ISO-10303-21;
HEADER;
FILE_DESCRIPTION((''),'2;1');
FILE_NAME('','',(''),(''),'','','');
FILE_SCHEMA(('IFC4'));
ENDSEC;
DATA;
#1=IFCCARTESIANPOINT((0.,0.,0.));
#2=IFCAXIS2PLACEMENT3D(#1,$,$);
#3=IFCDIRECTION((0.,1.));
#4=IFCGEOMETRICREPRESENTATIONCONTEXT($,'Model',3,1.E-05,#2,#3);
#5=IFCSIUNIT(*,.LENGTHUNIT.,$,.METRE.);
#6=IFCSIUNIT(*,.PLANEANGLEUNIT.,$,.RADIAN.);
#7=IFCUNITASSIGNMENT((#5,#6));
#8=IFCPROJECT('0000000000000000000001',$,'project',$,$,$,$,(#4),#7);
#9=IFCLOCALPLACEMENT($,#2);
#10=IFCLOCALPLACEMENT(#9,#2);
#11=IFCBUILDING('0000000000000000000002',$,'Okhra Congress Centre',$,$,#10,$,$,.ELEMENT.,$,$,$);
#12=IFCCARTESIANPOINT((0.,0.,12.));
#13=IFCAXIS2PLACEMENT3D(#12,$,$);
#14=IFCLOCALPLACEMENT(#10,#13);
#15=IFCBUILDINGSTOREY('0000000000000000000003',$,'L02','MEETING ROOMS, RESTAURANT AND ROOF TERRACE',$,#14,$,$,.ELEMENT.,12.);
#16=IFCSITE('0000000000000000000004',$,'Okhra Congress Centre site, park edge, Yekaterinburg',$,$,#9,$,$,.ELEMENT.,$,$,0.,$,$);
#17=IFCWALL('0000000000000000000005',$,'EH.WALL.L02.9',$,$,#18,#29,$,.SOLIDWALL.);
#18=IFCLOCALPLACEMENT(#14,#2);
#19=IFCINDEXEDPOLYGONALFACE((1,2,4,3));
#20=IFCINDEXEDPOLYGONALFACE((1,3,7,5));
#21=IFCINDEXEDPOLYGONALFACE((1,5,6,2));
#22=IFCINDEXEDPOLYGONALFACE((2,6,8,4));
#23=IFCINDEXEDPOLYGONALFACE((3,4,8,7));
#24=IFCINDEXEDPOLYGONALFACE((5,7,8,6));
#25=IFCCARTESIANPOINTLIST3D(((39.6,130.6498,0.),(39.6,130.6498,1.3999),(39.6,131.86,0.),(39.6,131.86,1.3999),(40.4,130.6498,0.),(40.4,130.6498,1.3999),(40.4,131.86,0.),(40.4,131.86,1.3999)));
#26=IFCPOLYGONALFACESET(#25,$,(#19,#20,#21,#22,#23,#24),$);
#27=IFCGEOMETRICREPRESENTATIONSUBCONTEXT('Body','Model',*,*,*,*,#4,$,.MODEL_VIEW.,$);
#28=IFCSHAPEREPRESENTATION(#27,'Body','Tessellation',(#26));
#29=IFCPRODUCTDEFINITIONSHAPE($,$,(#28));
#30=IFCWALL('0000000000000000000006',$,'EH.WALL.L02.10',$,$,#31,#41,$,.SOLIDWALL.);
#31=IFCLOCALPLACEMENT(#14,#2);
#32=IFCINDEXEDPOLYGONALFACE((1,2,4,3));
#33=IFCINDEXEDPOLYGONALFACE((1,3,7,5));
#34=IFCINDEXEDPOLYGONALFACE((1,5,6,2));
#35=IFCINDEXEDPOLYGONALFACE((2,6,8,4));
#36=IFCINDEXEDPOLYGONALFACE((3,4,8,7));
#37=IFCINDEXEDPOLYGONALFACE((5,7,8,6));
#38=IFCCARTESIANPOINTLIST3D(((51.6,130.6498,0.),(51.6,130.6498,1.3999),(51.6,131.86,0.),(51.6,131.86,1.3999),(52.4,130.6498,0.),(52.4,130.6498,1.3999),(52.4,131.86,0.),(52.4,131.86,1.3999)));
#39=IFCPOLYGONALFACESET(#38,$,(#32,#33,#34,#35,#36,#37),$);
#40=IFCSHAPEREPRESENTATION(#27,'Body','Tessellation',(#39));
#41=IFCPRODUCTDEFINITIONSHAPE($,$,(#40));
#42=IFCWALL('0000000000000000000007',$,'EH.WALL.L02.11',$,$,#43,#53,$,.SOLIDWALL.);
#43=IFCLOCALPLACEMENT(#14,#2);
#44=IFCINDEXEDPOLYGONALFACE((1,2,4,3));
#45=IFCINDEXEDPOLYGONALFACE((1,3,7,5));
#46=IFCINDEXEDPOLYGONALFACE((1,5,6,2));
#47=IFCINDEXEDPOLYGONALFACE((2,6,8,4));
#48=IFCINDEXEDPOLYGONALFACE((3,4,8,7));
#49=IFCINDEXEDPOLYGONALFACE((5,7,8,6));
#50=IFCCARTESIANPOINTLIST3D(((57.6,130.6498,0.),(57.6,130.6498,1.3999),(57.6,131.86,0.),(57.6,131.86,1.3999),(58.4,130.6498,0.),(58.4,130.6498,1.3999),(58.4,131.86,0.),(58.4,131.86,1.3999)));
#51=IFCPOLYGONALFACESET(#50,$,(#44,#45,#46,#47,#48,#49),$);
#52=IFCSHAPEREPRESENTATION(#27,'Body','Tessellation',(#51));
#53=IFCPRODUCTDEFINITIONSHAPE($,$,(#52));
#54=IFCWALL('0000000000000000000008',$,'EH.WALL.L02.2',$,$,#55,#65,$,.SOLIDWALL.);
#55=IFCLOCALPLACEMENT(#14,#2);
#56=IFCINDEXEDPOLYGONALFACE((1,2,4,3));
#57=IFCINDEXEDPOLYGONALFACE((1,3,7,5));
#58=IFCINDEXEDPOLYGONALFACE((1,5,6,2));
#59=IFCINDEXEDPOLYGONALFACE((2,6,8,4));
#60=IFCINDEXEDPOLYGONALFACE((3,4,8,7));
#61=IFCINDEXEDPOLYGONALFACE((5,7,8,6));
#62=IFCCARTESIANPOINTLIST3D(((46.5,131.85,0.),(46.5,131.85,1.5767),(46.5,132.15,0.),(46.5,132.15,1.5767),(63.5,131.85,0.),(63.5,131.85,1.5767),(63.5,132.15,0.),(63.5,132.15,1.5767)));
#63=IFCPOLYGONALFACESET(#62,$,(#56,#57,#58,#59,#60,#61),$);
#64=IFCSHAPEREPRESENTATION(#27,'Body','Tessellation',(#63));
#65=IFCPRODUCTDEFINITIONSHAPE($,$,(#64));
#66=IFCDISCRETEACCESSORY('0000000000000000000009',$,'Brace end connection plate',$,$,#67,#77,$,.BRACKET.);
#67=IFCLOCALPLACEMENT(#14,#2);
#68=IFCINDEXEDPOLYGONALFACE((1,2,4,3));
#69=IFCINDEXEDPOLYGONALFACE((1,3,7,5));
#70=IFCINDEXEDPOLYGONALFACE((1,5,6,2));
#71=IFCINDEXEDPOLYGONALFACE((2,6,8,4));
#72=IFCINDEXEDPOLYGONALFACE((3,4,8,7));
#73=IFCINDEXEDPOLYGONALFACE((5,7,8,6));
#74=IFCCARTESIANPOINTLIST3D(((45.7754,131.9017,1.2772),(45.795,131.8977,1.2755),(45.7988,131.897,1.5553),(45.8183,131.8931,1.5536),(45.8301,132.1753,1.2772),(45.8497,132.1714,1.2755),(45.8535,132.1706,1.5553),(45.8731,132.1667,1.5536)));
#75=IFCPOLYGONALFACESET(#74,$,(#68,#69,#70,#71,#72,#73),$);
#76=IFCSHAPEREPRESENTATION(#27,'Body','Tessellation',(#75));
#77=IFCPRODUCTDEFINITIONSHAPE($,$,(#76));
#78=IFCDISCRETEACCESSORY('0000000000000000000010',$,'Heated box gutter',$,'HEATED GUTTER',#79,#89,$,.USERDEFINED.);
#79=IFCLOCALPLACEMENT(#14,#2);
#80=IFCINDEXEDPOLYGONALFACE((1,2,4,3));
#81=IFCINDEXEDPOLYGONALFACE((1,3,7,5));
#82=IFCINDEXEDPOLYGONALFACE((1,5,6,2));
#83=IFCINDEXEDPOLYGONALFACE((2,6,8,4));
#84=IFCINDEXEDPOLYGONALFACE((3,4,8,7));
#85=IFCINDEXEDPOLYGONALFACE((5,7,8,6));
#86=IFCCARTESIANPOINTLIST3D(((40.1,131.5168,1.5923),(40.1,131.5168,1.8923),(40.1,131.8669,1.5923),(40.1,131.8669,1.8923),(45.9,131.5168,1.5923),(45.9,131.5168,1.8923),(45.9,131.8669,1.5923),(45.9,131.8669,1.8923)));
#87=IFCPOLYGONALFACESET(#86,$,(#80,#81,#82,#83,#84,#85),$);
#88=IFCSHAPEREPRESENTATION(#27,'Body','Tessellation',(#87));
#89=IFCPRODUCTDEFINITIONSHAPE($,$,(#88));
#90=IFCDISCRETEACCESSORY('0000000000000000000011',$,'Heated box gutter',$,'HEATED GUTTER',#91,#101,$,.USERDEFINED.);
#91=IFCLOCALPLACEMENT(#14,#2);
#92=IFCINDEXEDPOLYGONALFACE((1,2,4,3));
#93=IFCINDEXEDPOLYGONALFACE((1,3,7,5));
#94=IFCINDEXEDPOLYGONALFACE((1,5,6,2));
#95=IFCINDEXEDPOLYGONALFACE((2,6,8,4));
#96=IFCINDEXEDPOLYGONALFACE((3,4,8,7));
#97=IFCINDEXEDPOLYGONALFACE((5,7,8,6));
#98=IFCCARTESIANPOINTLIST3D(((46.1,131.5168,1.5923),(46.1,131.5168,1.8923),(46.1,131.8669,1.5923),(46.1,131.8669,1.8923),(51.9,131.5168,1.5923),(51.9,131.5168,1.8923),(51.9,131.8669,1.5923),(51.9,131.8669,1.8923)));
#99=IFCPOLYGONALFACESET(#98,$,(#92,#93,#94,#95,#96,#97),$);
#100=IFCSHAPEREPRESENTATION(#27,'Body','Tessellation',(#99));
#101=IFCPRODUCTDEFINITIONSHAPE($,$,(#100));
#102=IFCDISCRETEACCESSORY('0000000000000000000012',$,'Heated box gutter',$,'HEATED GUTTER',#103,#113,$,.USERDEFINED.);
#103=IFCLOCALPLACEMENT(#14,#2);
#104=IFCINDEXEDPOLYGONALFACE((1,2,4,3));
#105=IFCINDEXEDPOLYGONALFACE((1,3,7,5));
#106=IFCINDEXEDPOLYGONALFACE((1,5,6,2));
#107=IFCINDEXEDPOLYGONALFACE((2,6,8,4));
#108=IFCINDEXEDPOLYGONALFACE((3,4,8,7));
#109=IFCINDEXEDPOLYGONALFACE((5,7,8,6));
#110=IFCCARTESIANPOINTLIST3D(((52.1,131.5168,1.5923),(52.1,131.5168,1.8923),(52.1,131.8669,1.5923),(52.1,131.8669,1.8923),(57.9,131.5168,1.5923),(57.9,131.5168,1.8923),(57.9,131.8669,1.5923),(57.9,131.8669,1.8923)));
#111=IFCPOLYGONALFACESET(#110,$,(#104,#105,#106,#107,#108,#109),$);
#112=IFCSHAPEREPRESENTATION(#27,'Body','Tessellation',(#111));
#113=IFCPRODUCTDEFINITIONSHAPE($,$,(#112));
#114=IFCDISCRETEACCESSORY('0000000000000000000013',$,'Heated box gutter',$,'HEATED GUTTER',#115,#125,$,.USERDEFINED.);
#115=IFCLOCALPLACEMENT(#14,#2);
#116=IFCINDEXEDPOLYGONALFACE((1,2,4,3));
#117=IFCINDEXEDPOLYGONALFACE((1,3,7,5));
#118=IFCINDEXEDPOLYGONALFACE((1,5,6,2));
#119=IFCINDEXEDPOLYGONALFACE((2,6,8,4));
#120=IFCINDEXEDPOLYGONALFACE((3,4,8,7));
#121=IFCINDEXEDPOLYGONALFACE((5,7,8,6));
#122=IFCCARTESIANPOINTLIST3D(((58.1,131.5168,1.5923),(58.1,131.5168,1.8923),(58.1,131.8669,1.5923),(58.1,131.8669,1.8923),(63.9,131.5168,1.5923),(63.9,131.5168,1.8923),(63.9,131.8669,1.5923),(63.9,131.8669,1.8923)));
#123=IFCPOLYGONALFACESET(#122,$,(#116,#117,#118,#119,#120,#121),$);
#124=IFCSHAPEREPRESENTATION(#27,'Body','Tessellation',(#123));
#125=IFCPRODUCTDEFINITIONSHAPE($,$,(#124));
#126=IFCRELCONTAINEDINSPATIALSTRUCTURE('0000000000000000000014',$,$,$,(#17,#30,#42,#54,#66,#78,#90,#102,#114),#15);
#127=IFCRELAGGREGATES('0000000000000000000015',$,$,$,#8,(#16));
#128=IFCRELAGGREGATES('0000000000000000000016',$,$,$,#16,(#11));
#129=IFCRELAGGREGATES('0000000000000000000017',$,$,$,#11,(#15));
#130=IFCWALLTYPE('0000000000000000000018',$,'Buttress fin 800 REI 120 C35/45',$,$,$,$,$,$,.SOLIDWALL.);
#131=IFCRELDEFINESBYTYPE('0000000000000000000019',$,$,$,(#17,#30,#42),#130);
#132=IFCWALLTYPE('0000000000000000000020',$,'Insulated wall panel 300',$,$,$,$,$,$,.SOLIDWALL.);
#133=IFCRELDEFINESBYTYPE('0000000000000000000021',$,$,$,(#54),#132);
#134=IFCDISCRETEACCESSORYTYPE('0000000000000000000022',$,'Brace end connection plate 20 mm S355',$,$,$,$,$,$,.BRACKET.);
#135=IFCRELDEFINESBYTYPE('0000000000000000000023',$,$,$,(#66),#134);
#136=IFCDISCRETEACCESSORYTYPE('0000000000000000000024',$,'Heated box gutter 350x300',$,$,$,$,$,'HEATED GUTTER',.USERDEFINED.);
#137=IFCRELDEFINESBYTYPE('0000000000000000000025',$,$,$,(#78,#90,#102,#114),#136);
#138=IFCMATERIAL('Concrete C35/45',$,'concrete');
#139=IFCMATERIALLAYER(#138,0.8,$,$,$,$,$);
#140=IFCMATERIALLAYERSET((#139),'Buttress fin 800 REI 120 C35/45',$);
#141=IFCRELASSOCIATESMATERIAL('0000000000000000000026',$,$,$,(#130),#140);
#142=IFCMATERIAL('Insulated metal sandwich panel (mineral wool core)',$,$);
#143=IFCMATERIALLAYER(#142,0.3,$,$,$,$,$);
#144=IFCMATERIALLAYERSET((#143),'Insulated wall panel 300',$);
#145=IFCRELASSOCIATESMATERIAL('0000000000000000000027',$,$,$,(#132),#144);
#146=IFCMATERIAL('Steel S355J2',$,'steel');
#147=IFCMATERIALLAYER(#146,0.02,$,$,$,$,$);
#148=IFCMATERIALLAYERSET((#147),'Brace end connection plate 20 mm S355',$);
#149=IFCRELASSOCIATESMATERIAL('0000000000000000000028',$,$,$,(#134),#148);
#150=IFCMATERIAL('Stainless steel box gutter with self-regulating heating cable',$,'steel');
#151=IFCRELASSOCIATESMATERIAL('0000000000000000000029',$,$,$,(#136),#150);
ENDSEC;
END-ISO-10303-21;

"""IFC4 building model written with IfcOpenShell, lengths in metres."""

from ifc_helpers import new_model, si_unit, direction, frame, frame_2d, origin, origin_2d, place, context, subcontext, project, spatial, rectangle, extrude, material, layer, layer_set, type_object, element, save


model = new_model("IFC4")

# Units and contexts
model_context = context("Model", 3, precision=1e-05, world=origin(), true_north=direction((0.0, 1.0)))
body_context = subcontext(model_context, "Body", "Model", "MODEL_VIEW")
ifc_project = project(units=[si_unit("LENGTHUNIT", "METRE"), si_unit("PLANEANGLEUNIT", "RADIAN")], contexts=[model_context])

# Site, building, storey
site_placement = place(None, origin())
site = spatial("IfcSite", under=ifc_project, at=site_placement, Name="Okhra Congress Centre site, park edge, Yekaterinburg", CompositionType="ELEMENT", RefElevation=0.0)
building_placement = place(site_placement, origin())
building = spatial("IfcBuilding", under=site, at=building_placement, Name="Okhra Congress Centre", CompositionType="ELEMENT")
storey_placement = place(building_placement, frame((0.0, 0.0, 12.0)))
storey = spatial("IfcBuildingStorey", under=building, at=storey_placement, Name="L02", Description="MEETING ROOMS, RESTAURANT AND ROOF TERRACE", CompositionType="ELEMENT", Elevation=12.0)

# Shared definitions
ifc_material_1 = material(Name="Steel S355J2", Category="steel")

# Walls
ifc_material_2 = material(Name="Concrete C35/45", Category="concrete")
ifc_layer_1 = layer(ifc_material_2, 0.8)
ifc_layer_set_1 = layer_set([ifc_layer_1], Name="Buttress fin 800 REI 120 C35/45")
wall_type_1 = type_object("IfcWallType", Name="Buttress fin 800 REI 120 C35/45", PredefinedType="SOLIDWALL", material=ifc_layer_set_1)
for number, where, z_axis, x_axis, name in (
    (1, (40.0, 130.6499, 0.0), (0.0, 0.0, 1.0), (0.0, 1.0, 0.0), "EH.WALL.L02.9"),
    (2, (52.0, 130.6499, 0.0), (0.0, 0.0, 1.0), (0.0, 1.0, 0.0), "EH.WALL.L02.10"),
    (3, (58.0, 130.6499, 0.0), (0.0, 0.0, 1.0), (0.0, 1.0, 0.0), "EH.WALL.L02.11"),
):
    element("IfcWall", number, at=place(storey_placement, frame(where, z_axis=z_axis, x_axis=x_axis)), inside=storey, type_object=wall_type_1, Name=name, PredefinedType="SOLIDWALL", context=body_context, shape_type="SweptSolid", body=[
        extrude(rectangle(XDim=1.2102, YDim=0.8, at=frame_2d((0.605, 0.0))), origin(), (0.0, 0.0, 1.0), 1.3999),
    ])
ifc_material_3 = material(Name="Insulated metal sandwich panel (mineral wool core)")
ifc_layer_2 = layer(ifc_material_3, 0.3)
ifc_layer_set_2 = layer_set([ifc_layer_2], Name="Insulated wall panel 300")
wall_type_2 = type_object("IfcWallType", Name="Insulated wall panel 300", PredefinedType="SOLIDWALL", material=ifc_layer_set_2)
wall_placement = place(storey_placement, frame((46.5, 132.0, 0.0), z_axis=(0.0, 0.0, 1.0), x_axis=(1.0, 0.0, 0.0)))
element("IfcWall", 4, at=wall_placement, inside=storey, type_object=wall_type_2, Name="EH.WALL.L02.2", PredefinedType="SOLIDWALL", context=body_context, shape_type="SweptSolid", body=[
    extrude(rectangle(XDim=17.0, YDim=0.3, at=frame_2d((8.5, 0.0))), origin(), (0.0, 0.0, 1.0), 1.5767),
])

# Discrete accessories
ifc_layer_3 = layer(ifc_material_1, 0.02)
ifc_layer_set_3 = layer_set([ifc_layer_3], Name="Brace end connection plate 20 mm S355")
discrete_accessory_type_1 = type_object("IfcDiscreteAccessoryType", Name="Brace end connection plate 20 mm S355", PredefinedType="BRACKET", material=ifc_layer_set_3)
discrete_accessory_placement = place(storey_placement, frame((45.8145, 132.0361, 1.4163), z_axis=(0.976991, -0.195398, -0.085487), x_axis=(0.196116, 0.980581, 0.0)))
element("IfcDiscreteAccessory", 5, at=discrete_accessory_placement, inside=storey, type_object=discrete_accessory_type_1, Name="Brace end connection plate", PredefinedType="BRACKET", context=body_context, shape_type="SweptSolid", body=[
    extrude(rectangle(XDim=0.2791, YDim=0.2791, at=origin_2d()), origin(), (0.0, 0.0, 1.0), 0.02),
])
ifc_material_4 = material(Name="Stainless steel box gutter with self-regulating heating cable", Category="steel")
discrete_accessory_type_2 = type_object("IfcDiscreteAccessoryType", Name="Heated box gutter 350x300", ElementType="HEATED GUTTER", PredefinedType="USERDEFINED", material=ifc_material_4)
for number, where, z_axis, x_axis, name in (
    (6, (43.0, 131.6919, 1.5923), (0.0, 0.0, 1.0), (1.0, 0.0, 0.0), "Heated box gutter"),
    (7, (49.0, 131.6919, 1.5923), (0.0, 0.0, 1.0), (1.0, 0.0, 0.0), "Heated box gutter"),
    (8, (55.0, 131.6919, 1.5923), (0.0, 0.0, 1.0), (1.0, 0.0, 0.0), "Heated box gutter"),
    (9, (61.0, 131.6919, 1.5923), (0.0, 0.0, 1.0), (1.0, 0.0, 0.0), "Heated box gutter"),
):
    element("IfcDiscreteAccessory", number, at=place(storey_placement, frame(where, z_axis=z_axis, x_axis=x_axis)), inside=storey, type_object=discrete_accessory_type_2, Name=name, ObjectType="HEATED GUTTER", PredefinedType="USERDEFINED", context=body_context, shape_type="SweptSolid", body=[
        extrude(rectangle(XDim=5.8, YDim=0.3501, at=origin_2d()), origin(), (0.0, 0.0, 1.0), 0.3),
    ])

save(model, "model.ifc")
